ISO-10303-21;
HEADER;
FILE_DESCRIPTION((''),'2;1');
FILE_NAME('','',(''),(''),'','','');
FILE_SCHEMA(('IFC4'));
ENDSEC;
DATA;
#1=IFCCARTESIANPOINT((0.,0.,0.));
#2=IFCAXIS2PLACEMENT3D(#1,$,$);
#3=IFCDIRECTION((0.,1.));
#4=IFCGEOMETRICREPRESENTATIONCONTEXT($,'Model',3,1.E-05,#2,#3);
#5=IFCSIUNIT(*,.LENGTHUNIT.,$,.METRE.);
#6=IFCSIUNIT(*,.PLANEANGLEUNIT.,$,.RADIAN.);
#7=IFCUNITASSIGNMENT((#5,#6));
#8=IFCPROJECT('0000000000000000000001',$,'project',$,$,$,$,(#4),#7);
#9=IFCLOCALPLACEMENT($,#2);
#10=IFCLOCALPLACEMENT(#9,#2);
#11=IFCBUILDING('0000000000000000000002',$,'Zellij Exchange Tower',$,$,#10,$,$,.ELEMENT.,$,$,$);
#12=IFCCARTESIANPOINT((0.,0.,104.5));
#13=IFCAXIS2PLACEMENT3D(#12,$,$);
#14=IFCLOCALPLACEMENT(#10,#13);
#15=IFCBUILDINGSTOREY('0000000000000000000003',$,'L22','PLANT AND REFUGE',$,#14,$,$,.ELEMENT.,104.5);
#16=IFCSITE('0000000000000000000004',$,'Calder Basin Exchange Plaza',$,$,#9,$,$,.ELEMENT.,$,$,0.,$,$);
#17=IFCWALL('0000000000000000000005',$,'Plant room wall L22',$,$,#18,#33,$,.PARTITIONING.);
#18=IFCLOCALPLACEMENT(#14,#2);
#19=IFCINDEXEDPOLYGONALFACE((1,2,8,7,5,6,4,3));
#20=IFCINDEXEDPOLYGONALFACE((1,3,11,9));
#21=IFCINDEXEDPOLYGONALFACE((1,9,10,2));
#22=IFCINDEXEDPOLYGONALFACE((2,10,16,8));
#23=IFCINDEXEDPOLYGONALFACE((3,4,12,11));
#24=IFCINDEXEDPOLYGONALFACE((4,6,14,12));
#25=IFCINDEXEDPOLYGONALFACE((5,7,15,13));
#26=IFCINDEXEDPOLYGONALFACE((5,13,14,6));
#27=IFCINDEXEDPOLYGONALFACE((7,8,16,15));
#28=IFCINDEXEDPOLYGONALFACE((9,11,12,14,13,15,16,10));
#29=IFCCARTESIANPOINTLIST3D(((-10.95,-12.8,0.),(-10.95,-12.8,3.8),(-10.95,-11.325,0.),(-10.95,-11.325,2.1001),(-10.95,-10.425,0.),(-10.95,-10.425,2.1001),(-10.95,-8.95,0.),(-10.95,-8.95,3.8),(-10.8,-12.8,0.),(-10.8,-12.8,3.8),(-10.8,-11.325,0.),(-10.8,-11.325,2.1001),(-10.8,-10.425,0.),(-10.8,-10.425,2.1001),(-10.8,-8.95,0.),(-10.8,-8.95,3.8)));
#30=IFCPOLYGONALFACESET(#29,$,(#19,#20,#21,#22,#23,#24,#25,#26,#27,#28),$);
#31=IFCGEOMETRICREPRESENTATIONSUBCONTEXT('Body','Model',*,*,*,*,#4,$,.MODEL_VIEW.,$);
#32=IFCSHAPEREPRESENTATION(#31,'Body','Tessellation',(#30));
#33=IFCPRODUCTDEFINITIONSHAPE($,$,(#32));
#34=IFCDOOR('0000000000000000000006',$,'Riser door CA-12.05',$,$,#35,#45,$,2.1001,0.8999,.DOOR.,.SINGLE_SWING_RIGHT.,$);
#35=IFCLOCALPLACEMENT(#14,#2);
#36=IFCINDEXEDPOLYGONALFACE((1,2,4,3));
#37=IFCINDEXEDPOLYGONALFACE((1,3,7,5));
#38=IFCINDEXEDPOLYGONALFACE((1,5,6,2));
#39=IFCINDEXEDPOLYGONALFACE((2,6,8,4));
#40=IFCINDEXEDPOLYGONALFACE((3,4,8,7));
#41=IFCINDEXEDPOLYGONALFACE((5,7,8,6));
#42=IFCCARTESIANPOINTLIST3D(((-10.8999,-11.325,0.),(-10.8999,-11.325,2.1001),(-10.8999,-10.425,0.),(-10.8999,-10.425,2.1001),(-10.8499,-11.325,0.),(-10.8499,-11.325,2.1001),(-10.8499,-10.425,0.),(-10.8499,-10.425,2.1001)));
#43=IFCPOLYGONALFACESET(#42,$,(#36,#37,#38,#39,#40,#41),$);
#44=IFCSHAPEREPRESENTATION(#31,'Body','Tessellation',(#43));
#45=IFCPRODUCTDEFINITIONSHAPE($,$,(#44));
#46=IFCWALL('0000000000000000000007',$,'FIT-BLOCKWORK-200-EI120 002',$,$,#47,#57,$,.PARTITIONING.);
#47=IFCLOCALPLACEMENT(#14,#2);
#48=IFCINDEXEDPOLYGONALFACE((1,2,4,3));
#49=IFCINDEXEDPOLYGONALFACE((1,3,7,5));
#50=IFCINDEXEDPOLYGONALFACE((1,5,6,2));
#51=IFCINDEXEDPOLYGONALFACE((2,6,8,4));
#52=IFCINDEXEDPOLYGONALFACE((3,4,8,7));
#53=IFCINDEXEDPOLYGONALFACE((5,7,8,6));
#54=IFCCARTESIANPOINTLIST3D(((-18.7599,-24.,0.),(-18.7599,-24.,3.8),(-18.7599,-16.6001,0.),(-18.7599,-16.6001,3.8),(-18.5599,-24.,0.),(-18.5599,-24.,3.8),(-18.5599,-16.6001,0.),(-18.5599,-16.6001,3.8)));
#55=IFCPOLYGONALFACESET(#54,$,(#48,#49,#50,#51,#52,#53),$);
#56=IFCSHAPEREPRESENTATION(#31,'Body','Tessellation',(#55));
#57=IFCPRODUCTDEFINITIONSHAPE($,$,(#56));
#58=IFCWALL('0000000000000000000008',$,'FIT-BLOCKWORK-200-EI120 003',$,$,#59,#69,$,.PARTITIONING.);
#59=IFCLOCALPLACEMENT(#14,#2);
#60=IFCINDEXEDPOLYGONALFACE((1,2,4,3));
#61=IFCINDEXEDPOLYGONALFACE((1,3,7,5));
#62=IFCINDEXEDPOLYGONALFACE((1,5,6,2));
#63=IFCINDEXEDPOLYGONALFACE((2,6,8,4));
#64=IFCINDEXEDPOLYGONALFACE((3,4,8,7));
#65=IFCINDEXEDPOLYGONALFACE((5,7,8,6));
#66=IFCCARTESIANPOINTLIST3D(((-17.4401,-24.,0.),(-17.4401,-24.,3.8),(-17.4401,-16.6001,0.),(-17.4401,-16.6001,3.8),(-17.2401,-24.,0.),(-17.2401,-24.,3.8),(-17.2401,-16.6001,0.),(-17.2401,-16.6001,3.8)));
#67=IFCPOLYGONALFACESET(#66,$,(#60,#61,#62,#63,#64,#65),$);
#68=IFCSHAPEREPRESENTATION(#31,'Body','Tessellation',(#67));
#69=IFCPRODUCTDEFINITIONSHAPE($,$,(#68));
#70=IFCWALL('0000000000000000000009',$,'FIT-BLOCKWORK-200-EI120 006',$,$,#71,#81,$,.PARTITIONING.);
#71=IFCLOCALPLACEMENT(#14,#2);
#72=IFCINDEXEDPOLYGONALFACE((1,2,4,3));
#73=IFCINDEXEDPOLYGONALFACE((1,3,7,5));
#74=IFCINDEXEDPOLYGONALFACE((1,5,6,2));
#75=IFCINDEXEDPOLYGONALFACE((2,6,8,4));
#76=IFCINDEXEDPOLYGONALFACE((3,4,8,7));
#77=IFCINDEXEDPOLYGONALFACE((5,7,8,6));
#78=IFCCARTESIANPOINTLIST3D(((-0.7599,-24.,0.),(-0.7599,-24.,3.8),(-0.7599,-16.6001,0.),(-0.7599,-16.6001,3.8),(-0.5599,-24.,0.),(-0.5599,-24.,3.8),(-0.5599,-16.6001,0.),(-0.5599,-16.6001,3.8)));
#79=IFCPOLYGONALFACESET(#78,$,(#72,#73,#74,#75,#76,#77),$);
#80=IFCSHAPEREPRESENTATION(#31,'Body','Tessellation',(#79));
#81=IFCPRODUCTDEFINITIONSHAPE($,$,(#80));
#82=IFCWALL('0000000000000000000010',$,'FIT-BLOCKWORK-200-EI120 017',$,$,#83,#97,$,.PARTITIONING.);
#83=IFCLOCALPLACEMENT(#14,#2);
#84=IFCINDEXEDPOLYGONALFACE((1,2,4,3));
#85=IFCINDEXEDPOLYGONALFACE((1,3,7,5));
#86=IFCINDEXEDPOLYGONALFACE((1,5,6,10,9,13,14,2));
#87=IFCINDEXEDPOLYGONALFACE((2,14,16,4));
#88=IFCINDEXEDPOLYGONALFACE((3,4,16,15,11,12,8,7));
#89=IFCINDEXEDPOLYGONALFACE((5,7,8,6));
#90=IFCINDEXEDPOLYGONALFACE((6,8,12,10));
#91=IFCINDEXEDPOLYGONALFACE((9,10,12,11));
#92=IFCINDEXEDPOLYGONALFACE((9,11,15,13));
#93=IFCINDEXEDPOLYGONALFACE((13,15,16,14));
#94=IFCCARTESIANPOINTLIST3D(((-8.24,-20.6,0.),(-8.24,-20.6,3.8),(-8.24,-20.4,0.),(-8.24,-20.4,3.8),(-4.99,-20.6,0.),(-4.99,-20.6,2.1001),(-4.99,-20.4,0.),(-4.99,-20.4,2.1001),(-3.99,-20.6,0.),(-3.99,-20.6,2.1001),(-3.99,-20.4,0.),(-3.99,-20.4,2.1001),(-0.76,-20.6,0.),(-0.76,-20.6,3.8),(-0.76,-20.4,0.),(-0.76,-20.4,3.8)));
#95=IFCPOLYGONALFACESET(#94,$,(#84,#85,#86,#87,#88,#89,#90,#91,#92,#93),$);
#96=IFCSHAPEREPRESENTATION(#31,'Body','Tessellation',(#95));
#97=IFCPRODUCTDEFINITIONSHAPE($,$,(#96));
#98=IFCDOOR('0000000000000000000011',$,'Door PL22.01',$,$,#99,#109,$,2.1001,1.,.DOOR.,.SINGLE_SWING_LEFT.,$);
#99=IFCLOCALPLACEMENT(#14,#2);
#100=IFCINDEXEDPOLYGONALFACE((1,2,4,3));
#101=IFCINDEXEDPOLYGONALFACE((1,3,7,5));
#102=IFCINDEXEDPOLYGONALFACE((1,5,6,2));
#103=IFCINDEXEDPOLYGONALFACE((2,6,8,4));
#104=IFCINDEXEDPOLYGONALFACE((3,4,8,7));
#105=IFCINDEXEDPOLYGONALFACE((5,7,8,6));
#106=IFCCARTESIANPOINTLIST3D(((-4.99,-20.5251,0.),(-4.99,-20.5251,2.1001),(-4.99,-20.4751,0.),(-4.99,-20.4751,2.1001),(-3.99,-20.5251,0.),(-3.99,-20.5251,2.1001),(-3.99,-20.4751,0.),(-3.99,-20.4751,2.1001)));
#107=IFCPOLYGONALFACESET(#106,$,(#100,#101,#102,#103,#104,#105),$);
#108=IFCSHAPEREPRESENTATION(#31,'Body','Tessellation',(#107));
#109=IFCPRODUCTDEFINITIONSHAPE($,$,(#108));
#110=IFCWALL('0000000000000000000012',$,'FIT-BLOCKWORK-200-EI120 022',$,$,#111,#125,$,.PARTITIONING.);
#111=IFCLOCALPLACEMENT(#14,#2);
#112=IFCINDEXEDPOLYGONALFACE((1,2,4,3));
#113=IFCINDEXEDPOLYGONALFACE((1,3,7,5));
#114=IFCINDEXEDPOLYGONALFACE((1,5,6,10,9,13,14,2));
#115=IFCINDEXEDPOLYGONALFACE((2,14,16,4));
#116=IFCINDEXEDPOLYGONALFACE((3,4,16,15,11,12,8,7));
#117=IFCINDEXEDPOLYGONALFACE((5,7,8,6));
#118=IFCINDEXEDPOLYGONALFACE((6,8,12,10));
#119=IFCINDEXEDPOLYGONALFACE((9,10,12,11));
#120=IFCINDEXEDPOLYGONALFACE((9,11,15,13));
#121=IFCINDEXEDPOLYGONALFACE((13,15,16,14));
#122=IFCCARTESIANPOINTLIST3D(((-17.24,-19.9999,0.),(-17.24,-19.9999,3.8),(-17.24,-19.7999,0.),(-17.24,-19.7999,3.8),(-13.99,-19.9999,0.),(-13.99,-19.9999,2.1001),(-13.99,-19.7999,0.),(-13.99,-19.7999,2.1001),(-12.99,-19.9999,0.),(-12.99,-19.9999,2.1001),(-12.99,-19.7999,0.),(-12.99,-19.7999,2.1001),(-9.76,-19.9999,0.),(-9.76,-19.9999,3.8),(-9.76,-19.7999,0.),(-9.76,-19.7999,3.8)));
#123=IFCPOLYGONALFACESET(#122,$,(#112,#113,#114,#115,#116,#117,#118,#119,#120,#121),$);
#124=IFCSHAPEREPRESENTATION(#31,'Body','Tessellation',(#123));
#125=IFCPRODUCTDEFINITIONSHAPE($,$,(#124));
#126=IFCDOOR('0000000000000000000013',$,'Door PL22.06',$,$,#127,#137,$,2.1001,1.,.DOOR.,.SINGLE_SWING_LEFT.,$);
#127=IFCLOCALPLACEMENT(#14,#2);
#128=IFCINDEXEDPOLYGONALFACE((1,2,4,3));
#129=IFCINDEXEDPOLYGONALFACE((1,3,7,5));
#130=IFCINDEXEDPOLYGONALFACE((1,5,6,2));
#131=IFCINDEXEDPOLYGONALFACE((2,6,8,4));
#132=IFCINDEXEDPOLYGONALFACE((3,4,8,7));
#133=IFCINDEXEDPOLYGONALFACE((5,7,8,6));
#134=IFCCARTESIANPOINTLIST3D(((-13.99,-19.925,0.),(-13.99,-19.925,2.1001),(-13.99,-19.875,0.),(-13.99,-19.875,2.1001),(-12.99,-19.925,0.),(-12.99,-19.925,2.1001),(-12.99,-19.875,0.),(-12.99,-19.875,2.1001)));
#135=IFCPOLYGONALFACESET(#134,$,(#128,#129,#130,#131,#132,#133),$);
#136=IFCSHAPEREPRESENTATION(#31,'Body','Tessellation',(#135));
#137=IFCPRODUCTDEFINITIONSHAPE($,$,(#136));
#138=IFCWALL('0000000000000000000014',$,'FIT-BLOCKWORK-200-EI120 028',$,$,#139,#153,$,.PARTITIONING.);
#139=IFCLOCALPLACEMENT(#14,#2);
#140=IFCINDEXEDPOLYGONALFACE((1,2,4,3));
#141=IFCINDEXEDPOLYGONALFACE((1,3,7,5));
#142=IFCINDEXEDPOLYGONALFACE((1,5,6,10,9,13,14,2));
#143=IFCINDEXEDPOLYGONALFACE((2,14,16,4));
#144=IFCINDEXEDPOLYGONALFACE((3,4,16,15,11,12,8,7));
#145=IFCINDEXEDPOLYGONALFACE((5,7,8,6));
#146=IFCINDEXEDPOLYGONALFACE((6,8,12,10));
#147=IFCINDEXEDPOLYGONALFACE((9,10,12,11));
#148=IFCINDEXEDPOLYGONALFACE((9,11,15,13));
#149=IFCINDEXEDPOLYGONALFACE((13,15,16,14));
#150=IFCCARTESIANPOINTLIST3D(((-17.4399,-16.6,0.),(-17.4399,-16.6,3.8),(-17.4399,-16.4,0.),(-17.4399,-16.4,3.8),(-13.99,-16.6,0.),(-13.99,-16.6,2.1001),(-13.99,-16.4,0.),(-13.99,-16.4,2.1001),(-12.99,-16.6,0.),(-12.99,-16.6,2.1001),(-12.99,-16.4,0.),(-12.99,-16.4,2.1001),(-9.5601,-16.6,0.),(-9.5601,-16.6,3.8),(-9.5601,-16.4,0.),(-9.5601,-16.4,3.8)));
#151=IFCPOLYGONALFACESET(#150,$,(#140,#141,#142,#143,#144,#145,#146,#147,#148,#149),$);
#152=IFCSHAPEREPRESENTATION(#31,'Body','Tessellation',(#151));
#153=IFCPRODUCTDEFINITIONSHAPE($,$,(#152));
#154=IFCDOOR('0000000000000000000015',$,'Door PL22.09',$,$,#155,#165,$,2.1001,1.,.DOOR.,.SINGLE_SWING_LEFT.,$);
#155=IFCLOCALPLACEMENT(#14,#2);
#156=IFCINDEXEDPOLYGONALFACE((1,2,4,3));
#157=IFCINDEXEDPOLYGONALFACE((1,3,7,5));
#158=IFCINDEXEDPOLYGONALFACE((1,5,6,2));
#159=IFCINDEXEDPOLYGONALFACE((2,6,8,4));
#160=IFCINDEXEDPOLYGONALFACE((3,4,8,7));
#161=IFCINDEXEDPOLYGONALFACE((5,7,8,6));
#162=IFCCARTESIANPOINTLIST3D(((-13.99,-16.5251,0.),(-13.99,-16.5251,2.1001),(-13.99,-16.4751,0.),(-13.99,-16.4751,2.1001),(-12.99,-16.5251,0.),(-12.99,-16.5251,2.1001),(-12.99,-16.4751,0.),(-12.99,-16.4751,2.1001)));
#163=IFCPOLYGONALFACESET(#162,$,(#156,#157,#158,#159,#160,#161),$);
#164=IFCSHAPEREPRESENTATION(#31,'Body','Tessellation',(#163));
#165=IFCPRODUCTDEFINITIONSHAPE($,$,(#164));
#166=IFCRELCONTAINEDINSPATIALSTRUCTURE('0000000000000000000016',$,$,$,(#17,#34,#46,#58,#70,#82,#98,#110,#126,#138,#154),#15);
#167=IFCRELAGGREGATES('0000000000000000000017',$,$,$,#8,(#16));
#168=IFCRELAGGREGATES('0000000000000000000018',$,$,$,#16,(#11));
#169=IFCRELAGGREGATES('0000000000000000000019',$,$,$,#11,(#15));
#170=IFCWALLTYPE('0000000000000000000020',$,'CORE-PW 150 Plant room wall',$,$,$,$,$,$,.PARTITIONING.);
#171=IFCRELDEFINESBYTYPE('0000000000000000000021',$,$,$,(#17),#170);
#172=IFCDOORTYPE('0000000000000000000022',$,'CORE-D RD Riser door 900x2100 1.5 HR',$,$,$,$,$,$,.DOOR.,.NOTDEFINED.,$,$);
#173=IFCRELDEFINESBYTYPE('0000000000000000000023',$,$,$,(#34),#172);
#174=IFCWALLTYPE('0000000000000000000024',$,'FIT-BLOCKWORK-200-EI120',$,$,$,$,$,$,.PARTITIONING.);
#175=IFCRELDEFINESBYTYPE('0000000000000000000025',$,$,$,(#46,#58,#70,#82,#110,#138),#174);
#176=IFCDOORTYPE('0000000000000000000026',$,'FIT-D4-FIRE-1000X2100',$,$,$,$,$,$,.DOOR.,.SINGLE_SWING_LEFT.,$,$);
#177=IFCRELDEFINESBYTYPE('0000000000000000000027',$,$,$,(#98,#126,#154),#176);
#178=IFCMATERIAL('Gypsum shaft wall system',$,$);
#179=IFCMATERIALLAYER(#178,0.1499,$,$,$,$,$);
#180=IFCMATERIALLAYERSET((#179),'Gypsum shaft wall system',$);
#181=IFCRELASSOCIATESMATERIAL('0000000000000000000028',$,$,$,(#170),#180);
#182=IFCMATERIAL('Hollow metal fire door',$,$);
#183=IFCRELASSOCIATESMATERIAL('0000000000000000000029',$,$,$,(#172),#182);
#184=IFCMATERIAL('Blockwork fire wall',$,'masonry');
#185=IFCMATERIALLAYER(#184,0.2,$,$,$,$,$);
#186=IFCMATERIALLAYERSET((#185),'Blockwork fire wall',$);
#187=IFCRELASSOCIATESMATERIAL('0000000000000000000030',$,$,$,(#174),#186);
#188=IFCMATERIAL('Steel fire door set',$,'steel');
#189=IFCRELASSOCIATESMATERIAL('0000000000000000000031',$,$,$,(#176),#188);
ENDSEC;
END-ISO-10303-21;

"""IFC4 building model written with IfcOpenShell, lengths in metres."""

from ifc_helpers import new_model, si_unit, direction, frame, frame_2d, origin, place, context, subcontext, project, spatial, rectangle, extrude, material, layer, layer_set, type_object, element, fill, save


model = new_model("IFC4")

# Units and contexts
model_context = context("Model", 3, precision=1e-05, world=origin(), true_north=direction((0.0, 1.0)))
body_context = subcontext(model_context, "Body", "Model", "MODEL_VIEW")
ifc_project = project(units=[si_unit("LENGTHUNIT", "METRE"), si_unit("PLANEANGLEUNIT", "RADIAN")], contexts=[model_context])

# Site, building, storey
site_placement = place(None, origin())
site = spatial("IfcSite", under=ifc_project, at=site_placement, Name="Calder Basin Exchange Plaza", CompositionType="ELEMENT", RefElevation=0.0)
building_placement = place(site_placement, origin())
building = spatial("IfcBuilding", under=site, at=building_placement, Name="Zellij Exchange Tower", CompositionType="ELEMENT")
storey_placement = place(building_placement, frame((0.0, 0.0, 104.5)))
storey = spatial("IfcBuildingStorey", under=building, at=storey_placement, Name="L22", Description="PLANT AND REFUGE", CompositionType="ELEMENT", Elevation=104.5)

# Shared definitions
ifc_material_1 = material(Name="Gypsum shaft wall system")

# Wall, opening, door
ifc_layer_1 = layer(ifc_material_1, 0.1499)
ifc_layer_set_1 = layer_set([ifc_layer_1], Name="Gypsum shaft wall system")
wall_type_1 = type_object("IfcWallType", Name="CORE-PW 150 Plant room wall", PredefinedType="PARTITIONING", material=ifc_layer_set_1)
wall_1_placement = place(storey_placement, frame((-10.875, -12.8, 0.0), z_axis=(0.0, 0.0, 1.0), x_axis=(0.0, 1.0, 0.0)))
wall_1 = element("IfcWall", 1, at=wall_1_placement, inside=storey, type_object=wall_type_1, Name="Plant room wall L22", PredefinedType="PARTITIONING", context=body_context, shape_type="SweptSolid", body=[
    extrude(rectangle(XDim=3.8501, YDim=0.1499, at=frame_2d((1.925, 0.0))), origin(), (0.0, 0.0, 1.0), 3.8),
])
opening_1_placement = place(wall_1_placement, frame((1.4751, 0.0, 0.0)))
opening_1 = element("IfcOpeningElement", 2, at=opening_1_placement, cuts=wall_1, PredefinedType="OPENING", context=body_context, shape_type="SweptSolid", body=[
    extrude(rectangle(XDim=0.8999, YDim=2.1001, at=frame_2d((0.45, 1.05))), frame((0.0, 0.0869, 0.0), z_axis=(0.0, -1.0, 0.0), x_axis=(1.0, 0.0, 0.0)), (0.0, 0.0, 1.0), 0.1738),
])
ifc_material_2 = material(Name="Hollow metal fire door")
door_type_1 = type_object("IfcDoorType", Name="CORE-D RD Riser door 900x2100 1.5 HR", OperationType="NOTDEFINED", PredefinedType="DOOR", material=ifc_material_2)
door_1_placement = place(opening_1_placement, origin())
door_1 = element("IfcDoor", 3, at=door_1_placement, inside=storey, type_object=door_type_1, Name="Riser door CA-12.05", OperationType="SINGLE_SWING_RIGHT", OverallHeight=2.1001, OverallWidth=0.8999, PredefinedType="DOOR", context=body_context, shape_type="SweptSolid", body=[
    extrude(rectangle(XDim=0.8999, YDim=2.1001, at=frame_2d((0.45, 1.05))), frame((0.0, 0.0249, 0.0), z_axis=(0.0, -1.0, 0.0), x_axis=(1.0, 0.0, 0.0)), (0.0, 0.0, 1.0), 0.05),
])
fill(opening_1, door_1)

# Walls
ifc_material_3 = material(Name="Blockwork fire wall", Category="masonry")
ifc_layer_2 = layer(ifc_material_3, 0.2)
ifc_layer_set_2 = layer_set([ifc_layer_2], Name="Blockwork fire wall")
wall_type_2 = type_object("IfcWallType", Name="FIT-BLOCKWORK-200-EI120", PredefinedType="PARTITIONING", material=ifc_layer_set_2)
for number, where, z_axis, x_axis, name in (
    (4, (-18.6599, -24.0, 0.0), (0.0, 0.0, 1.0), (0.0, 1.0, 0.0), "FIT-BLOCKWORK-200-EI120 002"),
    (5, (-17.3401, -24.0, 0.0), (0.0, 0.0, 1.0), (0.0, 1.0, 0.0), "FIT-BLOCKWORK-200-EI120 003"),
    (6, (-0.6599, -24.0, 0.0), (0.0, 0.0, 1.0), (0.0, 1.0, 0.0), "FIT-BLOCKWORK-200-EI120 006"),
):
    element("IfcWall", number, at=place(storey_placement, frame(where, z_axis=z_axis, x_axis=x_axis)), inside=storey, type_object=wall_type_2, Name=name, PredefinedType="PARTITIONING", context=body_context, shape_type="SweptSolid", body=[
        extrude(rectangle(XDim=7.3999, YDim=0.2, at=frame_2d((3.7, 0.0))), origin(), (0.0, 0.0, 1.0), 3.8),
    ])

# Walls, openings, doors
wall_2_placement = place(storey_placement, frame((-8.24, -20.5, 0.0), z_axis=(0.0, 0.0, 1.0), x_axis=(1.0, 0.0, 0.0)))
wall_2 = element("IfcWall", 7, at=wall_2_placement, inside=storey, type_object=wall_type_2, Name="FIT-BLOCKWORK-200-EI120 017", PredefinedType="PARTITIONING", context=body_context, shape_type="SweptSolid", body=[
    extrude(rectangle(XDim=7.48, YDim=0.2, at=frame_2d((3.74, 0.0))), origin(), (0.0, 0.0, 1.0), 3.8),
])
opening_2_placement = place(wall_2_placement, frame((3.25, 0.0, 0.0)))
opening_2 = element("IfcOpeningElement", 8, at=opening_2_placement, cuts=wall_2, PredefinedType="OPENING", context=body_context, shape_type="SweptSolid", body=[
    extrude(rectangle(XDim=1.0, YDim=2.1001, at=frame_2d((0.5, 1.05))), frame((0.0, 0.1118, 0.0), z_axis=(0.0, -1.0, 0.0), x_axis=(1.0, 0.0, 0.0)), (0.0, 0.0, 1.0), 0.2239),
])
ifc_material_4 = material(Name="Steel fire door set", Category="steel")
door_type_2 = type_object("IfcDoorType", Name="FIT-D4-FIRE-1000X2100", OperationType="SINGLE_SWING_LEFT", PredefinedType="DOOR", material=ifc_material_4)
door_2_placement = place(opening_2_placement, origin())
door_2 = element("IfcDoor", 9, at=door_2_placement, inside=storey, type_object=door_type_2, Name="Door PL22.01", OperationType="SINGLE_SWING_LEFT", OverallHeight=2.1001, OverallWidth=1.0, PredefinedType="DOOR", context=body_context, shape_type="SweptSolid", body=[
    extrude(rectangle(XDim=1.0, YDim=2.1001, at=frame_2d((0.5, 1.05))), frame((0.0, 0.0249, 0.0), z_axis=(0.0, -1.0, 0.0), x_axis=(1.0, 0.0, 0.0)), (0.0, 0.0, 1.0), 0.05),
])
fill(opening_2, door_2)
wall_3_placement = place(storey_placement, frame((-17.24, -19.8999, 0.0), z_axis=(0.0, 0.0, 1.0), x_axis=(1.0, 0.0, 0.0)))
wall_3 = element("IfcWall", 10, at=wall_3_placement, inside=storey, type_object=wall_type_2, Name="FIT-BLOCKWORK-200-EI120 022", PredefinedType="PARTITIONING", context=body_context, shape_type="SweptSolid", body=[
    extrude(rectangle(XDim=7.48, YDim=0.2, at=frame_2d((3.74, 0.0))), origin(), (0.0, 0.0, 1.0), 3.8),
])
opening_3_placement = place(wall_3_placement, frame((3.25, 0.0, 0.0)))
opening_3 = element("IfcOpeningElement", 11, at=opening_3_placement, cuts=wall_3, PredefinedType="OPENING", context=body_context, shape_type="SweptSolid", body=[
    extrude(rectangle(XDim=1.0, YDim=2.1001, at=frame_2d((0.5, 1.05))), frame((0.0, 0.1118, 0.0), z_axis=(0.0, -1.0, 0.0), x_axis=(1.0, 0.0, 0.0)), (0.0, 0.0, 1.0), 0.2239),
])
door_3_placement = place(opening_3_placement, origin())
door_3 = element("IfcDoor", 12, at=door_3_placement, inside=storey, type_object=door_type_2, Name="Door PL22.06", OperationType="SINGLE_SWING_LEFT", OverallHeight=2.1001, OverallWidth=1.0, PredefinedType="DOOR", context=body_context, shape_type="SweptSolid", body=[
    extrude(rectangle(XDim=1.0, YDim=2.1001, at=frame_2d((0.5, 1.05))), frame((0.0, 0.0249, 0.0), z_axis=(0.0, -1.0, 0.0), x_axis=(1.0, 0.0, 0.0)), (0.0, 0.0, 1.0), 0.05),
])
fill(opening_3, door_3)
wall_4_placement = place(storey_placement, frame((-17.4399, -16.5, 0.0), z_axis=(0.0, 0.0, 1.0), x_axis=(1.0, 0.0, 0.0)))
wall_4 = element("IfcWall", 13, at=wall_4_placement, inside=storey, type_object=wall_type_2, Name="FIT-BLOCKWORK-200-EI120 028", PredefinedType="PARTITIONING", context=body_context, shape_type="SweptSolid", body=[
    extrude(rectangle(XDim=7.8799, YDim=0.2, at=frame_2d((3.9399, 0.0))), origin(), (0.0, 0.0, 1.0), 3.8),
])
opening_4_placement = place(wall_4_placement, frame((3.45, 0.0, 0.0)))
opening_4 = element("IfcOpeningElement", 14, at=opening_4_placement, cuts=wall_4, PredefinedType="OPENING", context=body_context, shape_type="SweptSolid", body=[
    extrude(rectangle(XDim=1.0, YDim=2.1001, at=frame_2d((0.5, 1.05))), frame((0.0, 0.1118, 0.0), z_axis=(0.0, -1.0, 0.0), x_axis=(1.0, 0.0, 0.0)), (0.0, 0.0, 1.0), 0.2239),
])
door_4_placement = place(opening_4_placement, origin())
door_4 = element("IfcDoor", 15, at=door_4_placement, inside=storey, type_object=door_type_2, Name="Door PL22.09", OperationType="SINGLE_SWING_LEFT", OverallHeight=2.1001, OverallWidth=1.0, PredefinedType="DOOR", context=body_context, shape_type="SweptSolid", body=[
    extrude(rectangle(XDim=1.0, YDim=2.1001, at=frame_2d((0.5, 1.05))), frame((0.0, 0.0249, 0.0), z_axis=(0.0, -1.0, 0.0), x_axis=(1.0, 0.0, 0.0)), (0.0, 0.0, 1.0), 0.05),
])
fill(opening_4, door_4)

save(model, "model.ifc")
